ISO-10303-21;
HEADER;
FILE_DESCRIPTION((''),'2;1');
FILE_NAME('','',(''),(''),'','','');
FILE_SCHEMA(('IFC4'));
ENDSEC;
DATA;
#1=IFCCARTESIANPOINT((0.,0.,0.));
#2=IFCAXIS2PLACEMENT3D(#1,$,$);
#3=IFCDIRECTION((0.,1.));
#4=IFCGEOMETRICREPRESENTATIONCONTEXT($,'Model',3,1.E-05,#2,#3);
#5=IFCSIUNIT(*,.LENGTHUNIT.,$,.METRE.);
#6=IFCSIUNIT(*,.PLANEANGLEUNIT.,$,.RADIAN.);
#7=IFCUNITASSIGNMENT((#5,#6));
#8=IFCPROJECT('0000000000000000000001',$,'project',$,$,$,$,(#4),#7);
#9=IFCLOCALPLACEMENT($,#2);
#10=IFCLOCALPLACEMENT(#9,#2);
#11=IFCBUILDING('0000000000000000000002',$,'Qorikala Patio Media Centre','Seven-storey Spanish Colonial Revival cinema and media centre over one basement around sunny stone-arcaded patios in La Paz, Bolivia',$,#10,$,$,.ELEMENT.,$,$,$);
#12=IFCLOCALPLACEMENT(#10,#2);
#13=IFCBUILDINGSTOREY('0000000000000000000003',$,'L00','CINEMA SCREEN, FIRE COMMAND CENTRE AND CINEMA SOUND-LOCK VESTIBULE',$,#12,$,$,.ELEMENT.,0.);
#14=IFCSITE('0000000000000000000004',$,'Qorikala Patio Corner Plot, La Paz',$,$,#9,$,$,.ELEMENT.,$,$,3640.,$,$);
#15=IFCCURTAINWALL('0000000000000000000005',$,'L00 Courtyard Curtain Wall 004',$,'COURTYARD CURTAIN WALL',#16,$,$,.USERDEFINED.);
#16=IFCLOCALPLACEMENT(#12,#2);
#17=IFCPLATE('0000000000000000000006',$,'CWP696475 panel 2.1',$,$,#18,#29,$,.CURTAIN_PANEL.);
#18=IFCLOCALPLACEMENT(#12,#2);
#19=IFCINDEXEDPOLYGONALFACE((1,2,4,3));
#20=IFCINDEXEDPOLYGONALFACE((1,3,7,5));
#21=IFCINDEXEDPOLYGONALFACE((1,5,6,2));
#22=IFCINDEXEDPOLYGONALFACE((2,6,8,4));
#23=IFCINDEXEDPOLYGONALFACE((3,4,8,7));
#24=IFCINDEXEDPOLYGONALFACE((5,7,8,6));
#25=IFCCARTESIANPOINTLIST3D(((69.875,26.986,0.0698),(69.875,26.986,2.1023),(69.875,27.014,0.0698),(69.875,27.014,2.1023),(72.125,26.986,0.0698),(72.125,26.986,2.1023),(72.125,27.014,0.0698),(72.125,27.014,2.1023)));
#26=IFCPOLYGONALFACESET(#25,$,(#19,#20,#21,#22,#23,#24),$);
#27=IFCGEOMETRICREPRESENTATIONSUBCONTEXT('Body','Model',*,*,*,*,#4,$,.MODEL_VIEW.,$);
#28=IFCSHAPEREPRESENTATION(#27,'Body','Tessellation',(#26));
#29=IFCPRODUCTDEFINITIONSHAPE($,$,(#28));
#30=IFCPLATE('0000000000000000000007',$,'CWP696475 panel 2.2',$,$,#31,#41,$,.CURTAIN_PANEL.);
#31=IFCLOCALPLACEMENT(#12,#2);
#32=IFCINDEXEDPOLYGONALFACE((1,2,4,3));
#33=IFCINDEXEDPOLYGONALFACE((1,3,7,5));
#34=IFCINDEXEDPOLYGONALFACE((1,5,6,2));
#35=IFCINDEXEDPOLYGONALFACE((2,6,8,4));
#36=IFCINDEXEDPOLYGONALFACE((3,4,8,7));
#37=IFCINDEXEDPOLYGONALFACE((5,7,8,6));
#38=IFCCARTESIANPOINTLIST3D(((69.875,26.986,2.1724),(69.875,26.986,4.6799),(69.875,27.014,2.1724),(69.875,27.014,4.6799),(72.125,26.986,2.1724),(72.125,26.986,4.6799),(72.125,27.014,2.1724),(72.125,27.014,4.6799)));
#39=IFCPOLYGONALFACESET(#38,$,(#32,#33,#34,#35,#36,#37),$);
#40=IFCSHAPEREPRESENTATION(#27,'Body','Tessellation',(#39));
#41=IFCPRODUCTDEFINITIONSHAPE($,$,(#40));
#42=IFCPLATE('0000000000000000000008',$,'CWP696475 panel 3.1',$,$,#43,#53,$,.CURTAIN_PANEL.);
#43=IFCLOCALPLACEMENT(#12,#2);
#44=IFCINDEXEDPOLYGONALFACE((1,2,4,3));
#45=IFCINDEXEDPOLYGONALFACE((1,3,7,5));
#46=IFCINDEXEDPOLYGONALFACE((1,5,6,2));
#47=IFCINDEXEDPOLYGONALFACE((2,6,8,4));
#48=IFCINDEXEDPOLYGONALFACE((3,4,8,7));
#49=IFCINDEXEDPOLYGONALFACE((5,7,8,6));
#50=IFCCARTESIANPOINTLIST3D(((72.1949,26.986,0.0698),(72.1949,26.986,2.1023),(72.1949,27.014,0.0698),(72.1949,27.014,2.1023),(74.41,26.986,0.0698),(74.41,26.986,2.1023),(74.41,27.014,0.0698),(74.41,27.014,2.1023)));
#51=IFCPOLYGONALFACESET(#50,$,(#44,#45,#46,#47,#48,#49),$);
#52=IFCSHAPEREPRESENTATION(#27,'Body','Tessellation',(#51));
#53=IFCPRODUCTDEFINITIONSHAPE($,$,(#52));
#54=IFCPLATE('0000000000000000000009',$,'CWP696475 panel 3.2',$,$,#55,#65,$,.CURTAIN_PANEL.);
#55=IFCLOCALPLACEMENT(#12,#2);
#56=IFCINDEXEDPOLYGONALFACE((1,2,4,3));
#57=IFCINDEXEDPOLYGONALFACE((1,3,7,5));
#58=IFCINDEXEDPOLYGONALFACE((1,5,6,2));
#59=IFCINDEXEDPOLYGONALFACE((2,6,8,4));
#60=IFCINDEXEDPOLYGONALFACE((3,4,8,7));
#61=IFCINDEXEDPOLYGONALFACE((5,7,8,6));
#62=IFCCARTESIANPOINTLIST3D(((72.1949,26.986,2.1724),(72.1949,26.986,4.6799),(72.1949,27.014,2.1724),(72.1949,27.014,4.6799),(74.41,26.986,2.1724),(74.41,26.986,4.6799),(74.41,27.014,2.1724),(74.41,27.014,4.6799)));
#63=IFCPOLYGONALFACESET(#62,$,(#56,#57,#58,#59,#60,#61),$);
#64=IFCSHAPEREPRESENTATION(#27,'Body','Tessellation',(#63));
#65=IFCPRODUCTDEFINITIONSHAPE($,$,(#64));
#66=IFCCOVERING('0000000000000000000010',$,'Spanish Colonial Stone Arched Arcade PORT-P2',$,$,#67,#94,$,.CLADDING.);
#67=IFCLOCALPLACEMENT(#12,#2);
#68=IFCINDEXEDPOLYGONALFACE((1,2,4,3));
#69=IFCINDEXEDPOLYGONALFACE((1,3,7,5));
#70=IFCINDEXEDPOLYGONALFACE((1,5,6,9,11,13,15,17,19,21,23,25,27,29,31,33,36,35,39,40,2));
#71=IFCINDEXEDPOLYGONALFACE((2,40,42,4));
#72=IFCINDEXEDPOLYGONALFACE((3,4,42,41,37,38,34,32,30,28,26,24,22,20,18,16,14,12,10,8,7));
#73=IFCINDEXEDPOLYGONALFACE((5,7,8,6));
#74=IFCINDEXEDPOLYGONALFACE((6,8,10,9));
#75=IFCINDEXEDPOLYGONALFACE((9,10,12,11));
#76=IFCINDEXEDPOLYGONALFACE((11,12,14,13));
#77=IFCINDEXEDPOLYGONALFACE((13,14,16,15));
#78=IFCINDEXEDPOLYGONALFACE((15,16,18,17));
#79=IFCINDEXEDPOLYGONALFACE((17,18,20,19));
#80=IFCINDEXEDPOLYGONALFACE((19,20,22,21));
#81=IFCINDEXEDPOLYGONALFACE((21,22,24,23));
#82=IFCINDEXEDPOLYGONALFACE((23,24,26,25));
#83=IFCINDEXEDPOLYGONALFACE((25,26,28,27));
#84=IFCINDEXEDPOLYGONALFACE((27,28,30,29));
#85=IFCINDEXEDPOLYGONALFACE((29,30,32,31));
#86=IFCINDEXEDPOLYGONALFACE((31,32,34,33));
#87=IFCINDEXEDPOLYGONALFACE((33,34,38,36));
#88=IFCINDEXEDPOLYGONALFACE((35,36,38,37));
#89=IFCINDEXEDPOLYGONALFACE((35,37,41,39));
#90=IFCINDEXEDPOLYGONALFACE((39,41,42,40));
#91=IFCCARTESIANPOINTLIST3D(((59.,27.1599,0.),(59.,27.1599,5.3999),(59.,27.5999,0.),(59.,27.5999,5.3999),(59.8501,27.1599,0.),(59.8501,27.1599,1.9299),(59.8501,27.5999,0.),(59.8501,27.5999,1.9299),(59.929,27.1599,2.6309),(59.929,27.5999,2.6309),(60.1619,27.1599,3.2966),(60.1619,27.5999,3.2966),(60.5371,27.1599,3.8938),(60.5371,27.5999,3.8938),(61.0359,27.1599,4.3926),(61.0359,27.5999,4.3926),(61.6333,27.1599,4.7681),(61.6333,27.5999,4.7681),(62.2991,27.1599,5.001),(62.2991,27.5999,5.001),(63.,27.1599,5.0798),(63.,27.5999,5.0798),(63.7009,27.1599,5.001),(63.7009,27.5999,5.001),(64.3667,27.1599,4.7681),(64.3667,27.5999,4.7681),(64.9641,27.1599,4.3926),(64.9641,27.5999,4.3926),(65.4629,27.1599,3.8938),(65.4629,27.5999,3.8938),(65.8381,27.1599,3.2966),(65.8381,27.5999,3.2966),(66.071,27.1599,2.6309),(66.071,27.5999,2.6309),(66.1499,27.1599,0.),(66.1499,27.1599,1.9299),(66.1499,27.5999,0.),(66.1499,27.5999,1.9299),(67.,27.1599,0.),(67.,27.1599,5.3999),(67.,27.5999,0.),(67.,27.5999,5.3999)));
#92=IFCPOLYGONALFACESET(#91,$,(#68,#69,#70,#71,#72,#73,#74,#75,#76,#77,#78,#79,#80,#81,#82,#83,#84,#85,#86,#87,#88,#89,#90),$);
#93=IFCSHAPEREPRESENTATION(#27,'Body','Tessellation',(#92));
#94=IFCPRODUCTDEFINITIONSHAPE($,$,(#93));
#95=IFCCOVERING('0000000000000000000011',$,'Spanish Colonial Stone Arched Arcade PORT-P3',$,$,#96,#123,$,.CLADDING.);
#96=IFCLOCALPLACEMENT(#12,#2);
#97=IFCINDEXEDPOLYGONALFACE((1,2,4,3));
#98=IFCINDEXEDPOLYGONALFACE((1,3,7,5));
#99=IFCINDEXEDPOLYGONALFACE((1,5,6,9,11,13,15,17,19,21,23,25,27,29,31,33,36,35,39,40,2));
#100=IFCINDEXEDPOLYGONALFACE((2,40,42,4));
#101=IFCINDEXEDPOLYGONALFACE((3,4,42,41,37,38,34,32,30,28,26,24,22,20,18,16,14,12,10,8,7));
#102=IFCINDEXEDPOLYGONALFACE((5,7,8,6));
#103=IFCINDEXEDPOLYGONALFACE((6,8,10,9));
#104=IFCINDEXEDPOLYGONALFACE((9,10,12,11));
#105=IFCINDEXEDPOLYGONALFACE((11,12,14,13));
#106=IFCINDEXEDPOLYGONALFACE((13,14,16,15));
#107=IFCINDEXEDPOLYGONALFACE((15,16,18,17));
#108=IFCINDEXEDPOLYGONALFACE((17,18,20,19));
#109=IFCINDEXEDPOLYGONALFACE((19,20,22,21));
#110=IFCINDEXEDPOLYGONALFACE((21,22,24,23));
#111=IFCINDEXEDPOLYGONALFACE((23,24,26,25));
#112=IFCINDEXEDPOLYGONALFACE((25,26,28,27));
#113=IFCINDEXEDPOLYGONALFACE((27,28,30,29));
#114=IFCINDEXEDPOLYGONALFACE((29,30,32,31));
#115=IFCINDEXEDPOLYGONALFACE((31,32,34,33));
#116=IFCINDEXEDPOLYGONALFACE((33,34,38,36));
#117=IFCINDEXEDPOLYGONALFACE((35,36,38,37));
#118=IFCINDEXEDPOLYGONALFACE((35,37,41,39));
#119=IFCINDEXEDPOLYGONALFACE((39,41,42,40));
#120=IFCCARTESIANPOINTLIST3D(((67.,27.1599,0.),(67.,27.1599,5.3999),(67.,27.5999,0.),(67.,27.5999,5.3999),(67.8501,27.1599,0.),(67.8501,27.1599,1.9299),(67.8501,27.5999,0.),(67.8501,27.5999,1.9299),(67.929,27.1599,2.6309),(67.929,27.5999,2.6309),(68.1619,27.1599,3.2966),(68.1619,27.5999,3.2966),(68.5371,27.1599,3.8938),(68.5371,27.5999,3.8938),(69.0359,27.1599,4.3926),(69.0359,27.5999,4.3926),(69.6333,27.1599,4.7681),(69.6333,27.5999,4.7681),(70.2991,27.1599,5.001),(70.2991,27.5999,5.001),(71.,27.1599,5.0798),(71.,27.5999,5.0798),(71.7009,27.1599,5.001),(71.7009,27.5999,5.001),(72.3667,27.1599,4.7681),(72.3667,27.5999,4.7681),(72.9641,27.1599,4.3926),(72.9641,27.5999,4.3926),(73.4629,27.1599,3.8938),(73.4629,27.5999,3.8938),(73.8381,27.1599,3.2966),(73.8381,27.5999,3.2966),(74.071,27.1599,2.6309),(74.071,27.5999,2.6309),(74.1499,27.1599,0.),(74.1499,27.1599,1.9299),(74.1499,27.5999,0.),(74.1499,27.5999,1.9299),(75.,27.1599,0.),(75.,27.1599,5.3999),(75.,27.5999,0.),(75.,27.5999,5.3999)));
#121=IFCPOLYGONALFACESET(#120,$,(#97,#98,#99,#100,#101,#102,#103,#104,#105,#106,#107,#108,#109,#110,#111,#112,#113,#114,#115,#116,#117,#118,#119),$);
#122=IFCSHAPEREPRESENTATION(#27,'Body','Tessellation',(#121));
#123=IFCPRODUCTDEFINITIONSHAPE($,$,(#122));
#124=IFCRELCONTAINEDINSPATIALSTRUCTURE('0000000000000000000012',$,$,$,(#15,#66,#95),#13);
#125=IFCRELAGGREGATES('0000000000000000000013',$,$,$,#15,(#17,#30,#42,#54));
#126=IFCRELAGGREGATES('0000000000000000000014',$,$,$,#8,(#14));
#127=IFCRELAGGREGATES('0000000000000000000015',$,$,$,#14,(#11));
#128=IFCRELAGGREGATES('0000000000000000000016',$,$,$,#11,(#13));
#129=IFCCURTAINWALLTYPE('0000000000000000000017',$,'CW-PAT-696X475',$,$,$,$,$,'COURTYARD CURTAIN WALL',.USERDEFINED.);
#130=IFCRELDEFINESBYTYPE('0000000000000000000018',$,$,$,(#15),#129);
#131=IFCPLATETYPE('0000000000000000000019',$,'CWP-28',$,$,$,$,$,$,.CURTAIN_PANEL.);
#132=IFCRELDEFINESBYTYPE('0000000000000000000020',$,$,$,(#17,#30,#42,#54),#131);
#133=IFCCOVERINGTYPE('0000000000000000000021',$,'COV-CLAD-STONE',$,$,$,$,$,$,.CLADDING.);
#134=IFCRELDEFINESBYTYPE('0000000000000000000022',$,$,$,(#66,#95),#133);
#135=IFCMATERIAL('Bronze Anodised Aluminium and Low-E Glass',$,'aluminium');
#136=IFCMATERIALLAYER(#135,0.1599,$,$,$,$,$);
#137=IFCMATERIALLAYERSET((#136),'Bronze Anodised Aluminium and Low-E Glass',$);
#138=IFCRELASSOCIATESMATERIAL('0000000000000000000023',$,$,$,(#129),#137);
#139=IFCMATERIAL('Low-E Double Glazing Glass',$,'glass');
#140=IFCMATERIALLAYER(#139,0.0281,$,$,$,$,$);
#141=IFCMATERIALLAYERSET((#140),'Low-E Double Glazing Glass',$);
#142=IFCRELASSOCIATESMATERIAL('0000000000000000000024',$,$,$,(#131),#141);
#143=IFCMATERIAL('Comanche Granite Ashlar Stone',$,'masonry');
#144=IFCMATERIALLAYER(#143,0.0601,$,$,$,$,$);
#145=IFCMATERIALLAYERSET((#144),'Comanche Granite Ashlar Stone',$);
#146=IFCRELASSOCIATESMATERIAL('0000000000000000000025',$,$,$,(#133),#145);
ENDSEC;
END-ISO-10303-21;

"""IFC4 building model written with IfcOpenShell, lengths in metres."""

from ifc_helpers import new_model, si_unit, direction, frame, origin, origin_2d, place, context, subcontext, project, spatial, polyline, rectangle, outline, extrude, material, layer, layer_set, type_object, element, aggregate, save


model = new_model("IFC4")

# Units and contexts
model_context = context("Model", 3, precision=1e-05, world=origin(), true_north=direction((0.0, 1.0)))
body_context = subcontext(model_context, "Body", "Model", "MODEL_VIEW")
ifc_project = project(units=[si_unit("LENGTHUNIT", "METRE"), si_unit("PLANEANGLEUNIT", "RADIAN")], contexts=[model_context])

# Site, building, storey
site_placement = place(None, origin())
site = spatial("IfcSite", under=ifc_project, at=site_placement, Name="Qorikala Patio Corner Plot, La Paz", CompositionType="ELEMENT", RefElevation=3640.0)
building_placement = place(site_placement, origin())
building = spatial("IfcBuilding", under=site, at=building_placement, Name="Qorikala Patio Media Centre", Description="Seven-storey Spanish Colonial Revival cinema and media centre over one basement around sunny stone-arcaded patios in La Paz, Bolivia", CompositionType="ELEMENT")
storey_placement = place(building_placement, origin())
storey = spatial("IfcBuildingStorey", under=building, at=storey_placement, Name="L00", Description="CINEMA SCREEN, FIRE COMMAND CENTRE AND CINEMA SOUND-LOCK VESTIBULE", CompositionType="ELEMENT", Elevation=0.0)

# Curtain wall, plates
ifc_material_1 = material(Name="Bronze Anodised Aluminium and Low-E Glass", Category="aluminium")
ifc_layer_1 = layer(ifc_material_1, 0.1599)
ifc_layer_set_1 = layer_set([ifc_layer_1], Name="Bronze Anodised Aluminium and Low-E Glass")
curtain_wall_type = type_object("IfcCurtainWallType", Name="CW-PAT-696X475", ElementType="COURTYARD CURTAIN WALL", PredefinedType="USERDEFINED", material=ifc_layer_set_1)
curtain_wall_placement = place(storey_placement, origin())
curtain_wall = element("IfcCurtainWall", 1, at=curtain_wall_placement, inside=storey, type_object=curtain_wall_type, Name="L00 Courtyard Curtain Wall 004", ObjectType="COURTYARD CURTAIN WALL", PredefinedType="USERDEFINED")
ifc_material_2 = material(Name="Low-E Double Glazing Glass", Category="glass")
ifc_layer_2 = layer(ifc_material_2, 0.0281)
ifc_layer_set_2 = layer_set([ifc_layer_2], Name="Low-E Double Glazing Glass")
plate_type = type_object("IfcPlateType", Name="CWP-28", PredefinedType="CURTAIN_PANEL", material=ifc_layer_set_2)
plate_1_placement = place(storey_placement, frame((71.0, 27.0, 0.0698), z_axis=(0.0, 0.0, 1.0), x_axis=(1.0, 0.0, 0.0)))
plate_1 = element("IfcPlate", 2, at=plate_1_placement, type_object=plate_type, Name="CWP696475 panel 2.1", PredefinedType="CURTAIN_PANEL", context=body_context, shape_type="SweptSolid", body=[
    extrude(rectangle(XDim=2.25, YDim=0.0281, at=origin_2d()), origin(), (0.0, 0.0, 1.0), 2.0325),
])
plate_2_placement = place(storey_placement, frame((71.0, 27.0, 2.1724), z_axis=(0.0, 0.0, 1.0), x_axis=(1.0, 0.0, 0.0)))
plate_2 = element("IfcPlate", 3, at=plate_2_placement, type_object=plate_type, Name="CWP696475 panel 2.2", PredefinedType="CURTAIN_PANEL", context=body_context, shape_type="SweptSolid", body=[
    extrude(rectangle(XDim=2.25, YDim=0.0281, at=origin_2d()), origin(), (0.0, 0.0, 1.0), 2.5076),
])
plate_3_placement = place(storey_placement, frame((73.3025, 27.0, 0.0698), z_axis=(0.0, 0.0, 1.0), x_axis=(1.0, 0.0, 0.0)))
plate_3 = element("IfcPlate", 4, at=plate_3_placement, type_object=plate_type, Name="CWP696475 panel 3.1", PredefinedType="CURTAIN_PANEL", context=body_context, shape_type="SweptSolid", body=[
    extrude(rectangle(XDim=2.2151, YDim=0.0281, at=origin_2d()), origin(), (0.0, 0.0, 1.0), 2.0325),
])
plate_4_placement = place(storey_placement, frame((73.3025, 27.0, 2.1724), z_axis=(0.0, 0.0, 1.0), x_axis=(1.0, 0.0, 0.0)))
plate_4 = element("IfcPlate", 5, at=plate_4_placement, type_object=plate_type, Name="CWP696475 panel 3.2", PredefinedType="CURTAIN_PANEL", context=body_context, shape_type="SweptSolid", body=[
    extrude(rectangle(XDim=2.2151, YDim=0.0281, at=origin_2d()), origin(), (0.0, 0.0, 1.0), 2.5076),
])
aggregate(curtain_wall, [plate_1, plate_2, plate_3, plate_4])

# Coverings
ifc_material_3 = material(Name="Comanche Granite Ashlar Stone", Category="masonry")
ifc_layer_3 = layer(ifc_material_3, 0.0601)
ifc_layer_set_3 = layer_set([ifc_layer_3], Name="Comanche Granite Ashlar Stone")
covering_type = type_object("IfcCoveringType", Name="COV-CLAD-STONE", PredefinedType="CLADDING", material=ifc_layer_set_3)
for number, where, z_axis, x_axis, name in (
    (6, (59.0, 27.3799, 0.0), (0.0, 0.0, 1.0), (1.0, 0.0, 0.0), "Spanish Colonial Stone Arched Arcade PORT-P2"),
    (7, (67.0, 27.3799, 0.0), (0.0, 0.0, 1.0), (1.0, 0.0, 0.0), "Spanish Colonial Stone Arched Arcade PORT-P3"),
):
    element("IfcCovering", number, at=place(storey_placement, frame(where, z_axis=z_axis, x_axis=x_axis)), inside=storey, type_object=covering_type, Name=name, PredefinedType="CLADDING", context=body_context, shape_type="SweptSolid", body=[
        extrude(outline(polyline([(0.0, 0.0), (0.8501, 0.0), (0.8501, 1.9299), (0.929, 2.6309), (1.1619, 3.2966), (1.5371, 3.8938), (2.0359, 4.3926), (2.6333, 4.7681), (3.2991, 5.001), (4.0, 5.0798), (4.7009, 5.001), (5.3667, 4.7681), (5.9641, 4.3926), (6.4629, 3.8938), (6.8381, 3.2966), (7.071, 2.6309), (7.1499, 1.9299), (7.1499, 0.0), (8.0, 0.0), (8.0, 5.3999), (0.0, 5.3999), (0.0, 0.0)])), frame((0.0, 0.22, 0.0), z_axis=(0.0, -1.0, 0.0), x_axis=(1.0, 0.0, 0.0)), (0.0, 0.0, 1.0), 0.4399),
    ])

save(model, "model.ifc")
